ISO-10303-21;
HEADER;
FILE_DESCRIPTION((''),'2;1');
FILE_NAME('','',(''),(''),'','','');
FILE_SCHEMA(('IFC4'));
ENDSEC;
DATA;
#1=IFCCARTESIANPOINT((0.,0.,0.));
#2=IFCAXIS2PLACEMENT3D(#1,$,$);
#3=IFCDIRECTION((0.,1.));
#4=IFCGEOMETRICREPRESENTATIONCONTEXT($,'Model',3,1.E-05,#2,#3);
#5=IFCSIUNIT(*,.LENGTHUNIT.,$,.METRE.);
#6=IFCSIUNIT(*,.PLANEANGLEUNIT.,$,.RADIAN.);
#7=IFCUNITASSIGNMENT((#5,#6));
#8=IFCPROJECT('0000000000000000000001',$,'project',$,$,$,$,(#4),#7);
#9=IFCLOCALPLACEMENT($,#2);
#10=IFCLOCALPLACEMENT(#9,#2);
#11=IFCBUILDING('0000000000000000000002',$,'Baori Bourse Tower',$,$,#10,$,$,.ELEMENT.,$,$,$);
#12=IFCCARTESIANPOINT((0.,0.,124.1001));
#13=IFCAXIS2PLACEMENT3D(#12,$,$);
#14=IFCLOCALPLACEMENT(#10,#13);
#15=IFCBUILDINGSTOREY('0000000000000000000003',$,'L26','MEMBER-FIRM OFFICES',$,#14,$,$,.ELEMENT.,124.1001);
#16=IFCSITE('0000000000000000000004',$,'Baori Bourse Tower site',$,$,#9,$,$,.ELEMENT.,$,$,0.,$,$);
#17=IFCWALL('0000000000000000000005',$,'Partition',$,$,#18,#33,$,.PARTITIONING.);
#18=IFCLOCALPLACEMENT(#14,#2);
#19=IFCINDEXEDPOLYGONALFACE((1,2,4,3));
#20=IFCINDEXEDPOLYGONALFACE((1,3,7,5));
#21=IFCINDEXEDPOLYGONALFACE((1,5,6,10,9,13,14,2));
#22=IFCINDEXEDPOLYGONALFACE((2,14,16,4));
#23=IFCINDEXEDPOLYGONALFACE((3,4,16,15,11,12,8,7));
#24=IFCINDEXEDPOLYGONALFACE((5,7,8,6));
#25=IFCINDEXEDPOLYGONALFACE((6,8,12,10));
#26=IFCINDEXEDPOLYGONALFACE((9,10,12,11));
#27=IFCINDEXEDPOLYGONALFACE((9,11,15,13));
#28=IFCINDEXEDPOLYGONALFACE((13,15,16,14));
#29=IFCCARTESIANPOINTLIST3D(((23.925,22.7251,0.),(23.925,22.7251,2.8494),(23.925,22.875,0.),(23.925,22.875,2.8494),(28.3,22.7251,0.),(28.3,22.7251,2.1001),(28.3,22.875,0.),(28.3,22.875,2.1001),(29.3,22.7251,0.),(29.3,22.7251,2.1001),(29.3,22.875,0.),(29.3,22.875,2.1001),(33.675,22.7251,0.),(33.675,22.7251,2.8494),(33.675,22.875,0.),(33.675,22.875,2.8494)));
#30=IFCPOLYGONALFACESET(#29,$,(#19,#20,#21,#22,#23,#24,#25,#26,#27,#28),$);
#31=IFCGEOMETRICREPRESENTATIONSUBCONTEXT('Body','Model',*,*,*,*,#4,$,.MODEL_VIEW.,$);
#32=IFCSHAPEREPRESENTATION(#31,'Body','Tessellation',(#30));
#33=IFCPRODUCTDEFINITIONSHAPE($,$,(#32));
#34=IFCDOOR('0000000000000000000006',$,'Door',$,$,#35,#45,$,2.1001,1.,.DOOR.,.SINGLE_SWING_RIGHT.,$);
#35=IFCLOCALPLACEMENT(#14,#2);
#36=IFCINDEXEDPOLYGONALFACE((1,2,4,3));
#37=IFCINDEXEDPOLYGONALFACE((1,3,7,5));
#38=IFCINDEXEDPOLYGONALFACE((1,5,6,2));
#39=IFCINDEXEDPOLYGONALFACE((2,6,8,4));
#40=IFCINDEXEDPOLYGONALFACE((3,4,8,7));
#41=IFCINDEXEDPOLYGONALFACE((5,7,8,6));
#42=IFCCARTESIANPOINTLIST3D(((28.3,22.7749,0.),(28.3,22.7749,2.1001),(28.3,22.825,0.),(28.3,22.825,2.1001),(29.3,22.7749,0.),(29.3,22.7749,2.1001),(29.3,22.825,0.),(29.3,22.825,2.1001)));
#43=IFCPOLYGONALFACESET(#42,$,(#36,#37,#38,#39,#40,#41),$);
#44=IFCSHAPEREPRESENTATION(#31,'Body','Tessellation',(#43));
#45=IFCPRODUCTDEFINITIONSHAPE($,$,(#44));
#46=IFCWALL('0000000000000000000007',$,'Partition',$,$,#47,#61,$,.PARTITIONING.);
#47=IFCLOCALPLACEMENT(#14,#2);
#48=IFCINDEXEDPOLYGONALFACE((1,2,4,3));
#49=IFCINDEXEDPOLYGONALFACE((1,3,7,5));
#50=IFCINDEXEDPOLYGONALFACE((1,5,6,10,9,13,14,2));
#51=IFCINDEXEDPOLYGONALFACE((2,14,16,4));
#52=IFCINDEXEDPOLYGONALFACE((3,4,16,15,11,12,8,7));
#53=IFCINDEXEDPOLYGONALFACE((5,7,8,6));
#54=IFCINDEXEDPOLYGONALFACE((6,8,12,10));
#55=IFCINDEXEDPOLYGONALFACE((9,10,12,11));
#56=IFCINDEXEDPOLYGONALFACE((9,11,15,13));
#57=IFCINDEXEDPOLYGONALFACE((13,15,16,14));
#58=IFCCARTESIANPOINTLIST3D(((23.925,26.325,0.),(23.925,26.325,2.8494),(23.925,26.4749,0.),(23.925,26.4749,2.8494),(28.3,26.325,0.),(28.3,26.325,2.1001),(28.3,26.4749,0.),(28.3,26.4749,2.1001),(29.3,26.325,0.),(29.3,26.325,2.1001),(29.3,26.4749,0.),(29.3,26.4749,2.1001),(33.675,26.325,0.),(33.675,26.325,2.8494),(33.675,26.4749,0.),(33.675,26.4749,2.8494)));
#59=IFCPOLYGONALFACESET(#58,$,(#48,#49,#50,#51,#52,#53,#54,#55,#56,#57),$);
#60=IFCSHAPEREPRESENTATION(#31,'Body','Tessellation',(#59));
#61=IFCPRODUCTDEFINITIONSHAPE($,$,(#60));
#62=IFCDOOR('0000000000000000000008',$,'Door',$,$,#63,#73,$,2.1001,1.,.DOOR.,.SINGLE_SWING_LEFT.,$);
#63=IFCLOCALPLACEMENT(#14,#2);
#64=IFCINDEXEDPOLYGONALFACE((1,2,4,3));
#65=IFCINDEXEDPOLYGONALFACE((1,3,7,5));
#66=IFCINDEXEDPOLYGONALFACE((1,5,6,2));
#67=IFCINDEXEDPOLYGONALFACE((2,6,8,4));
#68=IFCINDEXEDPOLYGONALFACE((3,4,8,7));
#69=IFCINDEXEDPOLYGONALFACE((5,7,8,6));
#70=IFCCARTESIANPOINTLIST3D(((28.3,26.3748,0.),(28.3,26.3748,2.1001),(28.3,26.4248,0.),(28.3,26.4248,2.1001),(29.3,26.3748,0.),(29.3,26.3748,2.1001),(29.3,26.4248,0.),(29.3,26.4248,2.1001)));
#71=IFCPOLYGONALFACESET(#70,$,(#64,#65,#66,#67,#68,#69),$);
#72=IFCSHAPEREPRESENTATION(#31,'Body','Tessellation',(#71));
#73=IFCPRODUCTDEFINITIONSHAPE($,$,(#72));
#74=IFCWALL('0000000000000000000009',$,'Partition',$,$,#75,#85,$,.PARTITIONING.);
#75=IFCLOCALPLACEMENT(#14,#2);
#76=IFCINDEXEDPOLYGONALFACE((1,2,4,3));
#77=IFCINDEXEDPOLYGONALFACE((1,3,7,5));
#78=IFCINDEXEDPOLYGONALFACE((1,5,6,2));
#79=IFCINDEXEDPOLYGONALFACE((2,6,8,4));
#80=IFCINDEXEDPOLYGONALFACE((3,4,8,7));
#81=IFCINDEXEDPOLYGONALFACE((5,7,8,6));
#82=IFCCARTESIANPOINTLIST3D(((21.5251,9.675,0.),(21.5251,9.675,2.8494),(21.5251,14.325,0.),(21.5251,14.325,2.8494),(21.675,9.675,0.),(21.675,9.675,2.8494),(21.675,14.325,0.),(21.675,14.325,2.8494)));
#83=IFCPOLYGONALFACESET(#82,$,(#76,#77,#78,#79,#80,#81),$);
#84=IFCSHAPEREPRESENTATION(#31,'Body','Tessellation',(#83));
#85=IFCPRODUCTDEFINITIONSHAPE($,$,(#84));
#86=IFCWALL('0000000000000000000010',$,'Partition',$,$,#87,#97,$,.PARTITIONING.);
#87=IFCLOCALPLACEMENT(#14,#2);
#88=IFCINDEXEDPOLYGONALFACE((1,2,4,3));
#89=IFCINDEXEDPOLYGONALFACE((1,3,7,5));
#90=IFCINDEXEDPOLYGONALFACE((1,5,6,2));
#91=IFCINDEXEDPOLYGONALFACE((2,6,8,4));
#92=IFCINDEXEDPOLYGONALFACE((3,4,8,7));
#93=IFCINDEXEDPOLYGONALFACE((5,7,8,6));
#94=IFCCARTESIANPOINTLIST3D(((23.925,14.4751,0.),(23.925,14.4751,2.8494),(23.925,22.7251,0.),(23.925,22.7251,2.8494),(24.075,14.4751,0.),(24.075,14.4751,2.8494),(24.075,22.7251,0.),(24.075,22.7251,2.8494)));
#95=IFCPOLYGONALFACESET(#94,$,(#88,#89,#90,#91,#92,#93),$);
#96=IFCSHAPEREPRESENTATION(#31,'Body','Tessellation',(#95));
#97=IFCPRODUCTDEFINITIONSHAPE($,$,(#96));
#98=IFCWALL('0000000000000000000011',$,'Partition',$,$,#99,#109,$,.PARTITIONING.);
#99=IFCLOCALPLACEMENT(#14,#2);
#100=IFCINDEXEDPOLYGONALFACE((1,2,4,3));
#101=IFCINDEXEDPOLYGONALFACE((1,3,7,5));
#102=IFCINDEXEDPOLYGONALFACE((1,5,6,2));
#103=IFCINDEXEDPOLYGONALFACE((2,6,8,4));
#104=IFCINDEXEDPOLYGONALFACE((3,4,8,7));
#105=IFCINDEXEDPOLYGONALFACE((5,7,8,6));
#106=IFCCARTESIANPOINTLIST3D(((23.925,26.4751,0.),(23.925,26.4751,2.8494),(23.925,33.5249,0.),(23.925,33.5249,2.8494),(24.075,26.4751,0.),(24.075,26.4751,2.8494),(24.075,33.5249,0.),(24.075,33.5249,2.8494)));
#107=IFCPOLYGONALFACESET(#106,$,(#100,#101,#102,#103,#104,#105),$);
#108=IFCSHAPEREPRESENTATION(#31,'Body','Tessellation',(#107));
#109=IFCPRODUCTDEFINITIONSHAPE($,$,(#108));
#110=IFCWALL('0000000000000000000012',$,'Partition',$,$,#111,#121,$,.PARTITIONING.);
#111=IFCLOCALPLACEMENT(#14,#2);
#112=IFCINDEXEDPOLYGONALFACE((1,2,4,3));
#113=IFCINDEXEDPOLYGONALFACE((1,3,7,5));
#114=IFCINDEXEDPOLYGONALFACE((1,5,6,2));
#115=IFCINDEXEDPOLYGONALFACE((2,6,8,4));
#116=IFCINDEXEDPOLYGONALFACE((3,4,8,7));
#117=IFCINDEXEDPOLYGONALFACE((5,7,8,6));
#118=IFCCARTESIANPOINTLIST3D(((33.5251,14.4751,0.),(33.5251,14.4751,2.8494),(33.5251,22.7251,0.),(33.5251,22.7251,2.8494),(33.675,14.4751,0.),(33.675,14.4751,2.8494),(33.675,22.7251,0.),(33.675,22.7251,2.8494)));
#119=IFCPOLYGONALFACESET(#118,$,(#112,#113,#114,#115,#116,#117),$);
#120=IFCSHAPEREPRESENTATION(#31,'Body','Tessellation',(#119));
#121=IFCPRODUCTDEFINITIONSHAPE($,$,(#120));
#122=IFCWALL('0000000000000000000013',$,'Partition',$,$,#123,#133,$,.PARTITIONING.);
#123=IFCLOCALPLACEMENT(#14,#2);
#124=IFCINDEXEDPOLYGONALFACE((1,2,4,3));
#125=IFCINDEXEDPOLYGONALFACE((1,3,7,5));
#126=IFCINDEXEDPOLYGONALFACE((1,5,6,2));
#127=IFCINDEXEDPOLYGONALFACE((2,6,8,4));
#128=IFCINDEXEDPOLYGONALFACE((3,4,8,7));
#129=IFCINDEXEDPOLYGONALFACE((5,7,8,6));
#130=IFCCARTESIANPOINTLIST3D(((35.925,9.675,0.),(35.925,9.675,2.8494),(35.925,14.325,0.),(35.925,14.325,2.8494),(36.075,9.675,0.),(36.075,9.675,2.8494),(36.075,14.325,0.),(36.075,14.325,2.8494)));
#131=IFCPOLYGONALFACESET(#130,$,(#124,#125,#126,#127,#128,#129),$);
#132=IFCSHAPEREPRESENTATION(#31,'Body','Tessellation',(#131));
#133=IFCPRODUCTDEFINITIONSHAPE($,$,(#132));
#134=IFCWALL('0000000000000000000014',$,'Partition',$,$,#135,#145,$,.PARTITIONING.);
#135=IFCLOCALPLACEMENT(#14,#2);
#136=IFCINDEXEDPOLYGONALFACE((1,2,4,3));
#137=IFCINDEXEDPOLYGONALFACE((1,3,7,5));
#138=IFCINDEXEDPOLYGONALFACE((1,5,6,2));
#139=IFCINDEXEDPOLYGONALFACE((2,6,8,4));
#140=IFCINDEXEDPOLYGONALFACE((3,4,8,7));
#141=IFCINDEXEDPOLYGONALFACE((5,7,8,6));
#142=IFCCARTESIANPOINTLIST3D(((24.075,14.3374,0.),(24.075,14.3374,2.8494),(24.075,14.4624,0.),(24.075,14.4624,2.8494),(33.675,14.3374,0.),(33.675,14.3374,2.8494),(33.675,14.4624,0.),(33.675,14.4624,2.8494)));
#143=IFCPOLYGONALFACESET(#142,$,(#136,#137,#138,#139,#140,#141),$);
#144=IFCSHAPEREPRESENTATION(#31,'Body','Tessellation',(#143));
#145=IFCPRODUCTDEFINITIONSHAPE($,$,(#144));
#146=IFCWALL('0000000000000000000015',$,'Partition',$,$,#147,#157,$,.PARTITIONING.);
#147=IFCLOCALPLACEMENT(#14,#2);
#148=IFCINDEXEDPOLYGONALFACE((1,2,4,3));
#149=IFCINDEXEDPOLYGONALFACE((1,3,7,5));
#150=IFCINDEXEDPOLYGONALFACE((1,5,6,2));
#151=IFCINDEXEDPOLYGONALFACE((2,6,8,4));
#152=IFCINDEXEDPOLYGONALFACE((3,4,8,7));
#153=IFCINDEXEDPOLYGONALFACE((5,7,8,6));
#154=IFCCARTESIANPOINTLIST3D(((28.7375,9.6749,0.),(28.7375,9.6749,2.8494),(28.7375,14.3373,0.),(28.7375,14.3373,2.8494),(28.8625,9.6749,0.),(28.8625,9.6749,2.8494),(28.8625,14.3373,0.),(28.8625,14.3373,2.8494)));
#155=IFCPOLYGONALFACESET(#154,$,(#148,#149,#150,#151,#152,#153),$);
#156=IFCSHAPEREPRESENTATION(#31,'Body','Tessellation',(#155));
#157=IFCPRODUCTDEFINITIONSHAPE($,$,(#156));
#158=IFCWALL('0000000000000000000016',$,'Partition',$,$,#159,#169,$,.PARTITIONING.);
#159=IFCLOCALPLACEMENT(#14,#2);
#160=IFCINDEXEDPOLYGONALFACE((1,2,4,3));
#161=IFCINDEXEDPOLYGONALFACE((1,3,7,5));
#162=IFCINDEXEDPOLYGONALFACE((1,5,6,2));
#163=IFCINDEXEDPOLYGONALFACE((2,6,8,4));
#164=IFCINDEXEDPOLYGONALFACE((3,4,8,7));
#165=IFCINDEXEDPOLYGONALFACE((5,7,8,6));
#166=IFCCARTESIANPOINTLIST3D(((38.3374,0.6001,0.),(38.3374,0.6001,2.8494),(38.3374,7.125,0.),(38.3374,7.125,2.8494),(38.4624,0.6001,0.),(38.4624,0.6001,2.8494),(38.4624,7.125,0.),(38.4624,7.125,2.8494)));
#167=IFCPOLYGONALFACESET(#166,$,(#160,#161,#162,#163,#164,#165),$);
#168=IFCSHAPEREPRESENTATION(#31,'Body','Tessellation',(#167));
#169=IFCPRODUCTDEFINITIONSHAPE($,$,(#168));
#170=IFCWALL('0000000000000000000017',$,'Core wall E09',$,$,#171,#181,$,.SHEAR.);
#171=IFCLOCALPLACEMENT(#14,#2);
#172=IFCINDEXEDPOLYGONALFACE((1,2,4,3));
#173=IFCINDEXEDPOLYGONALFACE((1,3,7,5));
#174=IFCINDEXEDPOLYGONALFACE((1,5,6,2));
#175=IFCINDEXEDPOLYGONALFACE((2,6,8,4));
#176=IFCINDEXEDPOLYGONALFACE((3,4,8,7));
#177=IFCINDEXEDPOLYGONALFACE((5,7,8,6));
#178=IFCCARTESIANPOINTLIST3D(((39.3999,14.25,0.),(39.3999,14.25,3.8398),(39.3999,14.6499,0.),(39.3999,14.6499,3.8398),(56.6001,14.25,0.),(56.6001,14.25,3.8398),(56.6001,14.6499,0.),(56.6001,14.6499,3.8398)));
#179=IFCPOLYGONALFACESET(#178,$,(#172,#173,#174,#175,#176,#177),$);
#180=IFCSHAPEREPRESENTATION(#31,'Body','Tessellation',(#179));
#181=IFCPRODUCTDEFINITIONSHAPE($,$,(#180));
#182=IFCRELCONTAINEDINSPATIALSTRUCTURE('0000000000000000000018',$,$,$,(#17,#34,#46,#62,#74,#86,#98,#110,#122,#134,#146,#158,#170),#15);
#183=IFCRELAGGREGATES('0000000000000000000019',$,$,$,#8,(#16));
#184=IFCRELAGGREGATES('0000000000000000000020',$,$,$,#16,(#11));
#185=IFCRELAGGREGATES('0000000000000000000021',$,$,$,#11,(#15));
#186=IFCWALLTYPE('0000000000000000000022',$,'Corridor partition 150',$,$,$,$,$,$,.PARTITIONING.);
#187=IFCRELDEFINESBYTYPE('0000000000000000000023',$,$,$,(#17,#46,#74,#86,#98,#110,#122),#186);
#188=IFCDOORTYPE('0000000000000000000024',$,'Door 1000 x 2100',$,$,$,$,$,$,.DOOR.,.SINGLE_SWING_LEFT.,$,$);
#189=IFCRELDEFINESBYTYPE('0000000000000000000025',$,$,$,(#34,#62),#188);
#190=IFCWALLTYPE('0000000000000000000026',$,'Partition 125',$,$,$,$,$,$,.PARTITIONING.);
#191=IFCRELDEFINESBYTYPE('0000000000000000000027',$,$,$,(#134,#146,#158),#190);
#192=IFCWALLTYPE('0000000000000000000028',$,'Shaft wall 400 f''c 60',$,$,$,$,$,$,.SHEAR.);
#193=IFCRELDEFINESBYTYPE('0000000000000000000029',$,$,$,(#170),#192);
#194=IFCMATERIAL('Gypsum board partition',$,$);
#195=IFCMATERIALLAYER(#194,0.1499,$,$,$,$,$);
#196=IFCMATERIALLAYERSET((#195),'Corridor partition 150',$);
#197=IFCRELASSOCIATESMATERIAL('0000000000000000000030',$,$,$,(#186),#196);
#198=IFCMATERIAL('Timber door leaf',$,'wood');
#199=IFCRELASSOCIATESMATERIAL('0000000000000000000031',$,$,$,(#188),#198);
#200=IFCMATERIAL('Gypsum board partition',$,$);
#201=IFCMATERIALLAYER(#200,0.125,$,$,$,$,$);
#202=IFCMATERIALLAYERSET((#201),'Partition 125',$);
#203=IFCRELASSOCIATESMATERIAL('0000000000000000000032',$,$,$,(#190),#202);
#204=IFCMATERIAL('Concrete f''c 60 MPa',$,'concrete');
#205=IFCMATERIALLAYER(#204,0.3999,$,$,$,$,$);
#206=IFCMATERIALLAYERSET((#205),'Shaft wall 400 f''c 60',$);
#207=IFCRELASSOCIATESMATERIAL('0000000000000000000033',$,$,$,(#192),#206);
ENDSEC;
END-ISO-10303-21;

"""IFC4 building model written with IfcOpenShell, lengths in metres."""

from ifc_helpers import new_model, si_unit, direction, frame, frame_2d, origin, place, context, subcontext, project, spatial, rectangle, extrude, material, layer, layer_set, type_object, element, fill, save


model = new_model("IFC4")

# Units and contexts
model_context = context("Model", 3, precision=1e-05, world=origin(), true_north=direction((0.0, 1.0)))
body_context = subcontext(model_context, "Body", "Model", "MODEL_VIEW")
ifc_project = project(units=[si_unit("LENGTHUNIT", "METRE"), si_unit("PLANEANGLEUNIT", "RADIAN")], contexts=[model_context])

# Site, building, storey
site_placement = place(None, origin())
site = spatial("IfcSite", under=ifc_project, at=site_placement, Name="Baori Bourse Tower site", CompositionType="ELEMENT", RefElevation=0.0)
building_placement = place(site_placement, origin())
building = spatial("IfcBuilding", under=site, at=building_placement, Name="Baori Bourse Tower", CompositionType="ELEMENT")
storey_placement = place(building_placement, frame((0.0, 0.0, 124.1001)))
storey = spatial("IfcBuildingStorey", under=building, at=storey_placement, Name="L26", Description="MEMBER-FIRM OFFICES", CompositionType="ELEMENT", Elevation=124.1001)

# Shared definitions
ifc_material_1 = material(Name="Gypsum board partition")
ifc_layer_1 = layer(ifc_material_1, 0.1499)
ifc_layer_set_1 = layer_set([ifc_layer_1], Name="Corridor partition 150")
wall_type_1 = type_object("IfcWallType", Name="Corridor partition 150", PredefinedType="PARTITIONING", material=ifc_layer_set_1)

# Walls, openings, doors
wall_1_placement = place(storey_placement, frame((23.925, 22.8, 0.0), z_axis=(0.0, 0.0, 1.0), x_axis=(1.0, 0.0, 0.0)))
wall_1 = element("IfcWall", 1, at=wall_1_placement, inside=storey, type_object=wall_type_1, Name="Partition", PredefinedType="PARTITIONING", context=body_context, shape_type="SweptSolid", body=[
    extrude(rectangle(XDim=9.75, YDim=0.1499, at=frame_2d((4.875, 0.0))), origin(), (0.0, 0.0, 1.0), 2.8494),
])
opening_1_placement = place(wall_1_placement, frame((4.375, 0.0, 0.0)))
opening_1 = element("IfcOpeningElement", 2, at=opening_1_placement, cuts=wall_1, PredefinedType="OPENING", context=body_context, shape_type="SweptSolid", body=[
    extrude(rectangle(XDim=1.0, YDim=2.1001, at=frame_2d((0.5, 1.05))), frame((0.0, 0.085, 0.0), z_axis=(0.0, -1.0, 0.0), x_axis=(1.0, 0.0, 0.0)), (0.0, 0.0, 1.0), 0.1699),
])
ifc_material_2 = material(Name="Timber door leaf", Category="wood")
door_type_1 = type_object("IfcDoorType", Name="Door 1000 x 2100", OperationType="SINGLE_SWING_LEFT", PredefinedType="DOOR", material=ifc_material_2)
door_1_placement = place(opening_1_placement, origin())
door_1 = element("IfcDoor", 3, at=door_1_placement, inside=storey, type_object=door_type_1, Name="Door", OperationType="SINGLE_SWING_RIGHT", OverallHeight=2.1001, OverallWidth=1.0, PredefinedType="DOOR", context=body_context, shape_type="SweptSolid", body=[
    extrude(rectangle(XDim=1.0, YDim=2.1001, at=frame_2d((0.5, 1.05))), frame((0.0, 0.0249, 0.0), z_axis=(0.0, -1.0, 0.0), x_axis=(1.0, 0.0, 0.0)), (0.0, 0.0, 1.0), 0.05),
])
fill(opening_1, door_1)
wall_2_placement = place(storey_placement, frame((23.925, 26.3999, 0.0), z_axis=(0.0, 0.0, 1.0), x_axis=(1.0, 0.0, 0.0)))
wall_2 = element("IfcWall", 4, at=wall_2_placement, inside=storey, type_object=wall_type_1, Name="Partition", PredefinedType="PARTITIONING", context=body_context, shape_type="SweptSolid", body=[
    extrude(rectangle(XDim=9.75, YDim=0.1499, at=frame_2d((4.875, 0.0))), origin(), (0.0, 0.0, 1.0), 2.8494),
])
opening_2_placement = place(wall_2_placement, frame((4.375, 0.0, 0.0)))
opening_2 = element("IfcOpeningElement", 5, at=opening_2_placement, cuts=wall_2, PredefinedType="OPENING", context=body_context, shape_type="SweptSolid", body=[
    extrude(rectangle(XDim=1.0, YDim=2.1001, at=frame_2d((0.5, 1.05))), frame((0.0, 0.085, 0.0), z_axis=(0.0, -1.0, 0.0), x_axis=(1.0, 0.0, 0.0)), (0.0, 0.0, 1.0), 0.1699),
])
door_2_placement = place(opening_2_placement, origin())
door_2 = element("IfcDoor", 6, at=door_2_placement, inside=storey, type_object=door_type_1, Name="Door", OperationType="SINGLE_SWING_LEFT", OverallHeight=2.1001, OverallWidth=1.0, PredefinedType="DOOR", context=body_context, shape_type="SweptSolid", body=[
    extrude(rectangle(XDim=1.0, YDim=2.1001, at=frame_2d((0.5, 1.05))), frame((0.0, 0.0249, 0.0), z_axis=(0.0, -1.0, 0.0), x_axis=(1.0, 0.0, 0.0)), (0.0, 0.0, 1.0), 0.05),
])
fill(opening_2, door_2)

# Walls
wall_3_placement = place(storey_placement, frame((21.6001, 9.675, 0.0), z_axis=(0.0, 0.0, 1.0), x_axis=(0.0, 1.0, 0.0)))
element("IfcWall", 7, at=wall_3_placement, inside=storey, type_object=wall_type_1, Name="Partition", PredefinedType="PARTITIONING", context=body_context, shape_type="SweptSolid", body=[
    extrude(rectangle(XDim=4.6499, YDim=0.1499, at=frame_2d((2.325, 0.0))), origin(), (0.0, 0.0, 1.0), 2.8494),
])
wall_4_placement = place(storey_placement, frame((24.0, 14.4751, 0.0), z_axis=(0.0, 0.0, 1.0), x_axis=(0.0, 1.0, 0.0)))
element("IfcWall", 8, at=wall_4_placement, inside=storey, type_object=wall_type_1, Name="Partition", PredefinedType="PARTITIONING", context=body_context, shape_type="SweptSolid", body=[
    extrude(rectangle(XDim=8.25, YDim=0.1499, at=frame_2d((4.125, 0.0))), origin(), (0.0, 0.0, 1.0), 2.8494),
])
wall_5_placement = place(storey_placement, frame((24.0, 26.4751, 0.0), z_axis=(0.0, 0.0, 1.0), x_axis=(0.0, 1.0, 0.0)))
element("IfcWall", 9, at=wall_5_placement, inside=storey, type_object=wall_type_1, Name="Partition", PredefinedType="PARTITIONING", context=body_context, shape_type="SweptSolid", body=[
    extrude(rectangle(XDim=7.0498, YDim=0.1499, at=frame_2d((3.5249, 0.0))), origin(), (0.0, 0.0, 1.0), 2.8494),
])
wall_6_placement = place(storey_placement, frame((33.6001, 14.4751, 0.0), z_axis=(0.0, 0.0, 1.0), x_axis=(0.0, 1.0, 0.0)))
element("IfcWall", 10, at=wall_6_placement, inside=storey, type_object=wall_type_1, Name="Partition", PredefinedType="PARTITIONING", context=body_context, shape_type="SweptSolid", body=[
    extrude(rectangle(XDim=8.25, YDim=0.1499, at=frame_2d((4.125, 0.0))), origin(), (0.0, 0.0, 1.0), 2.8494),
])
wall_7_placement = place(storey_placement, frame((36.0, 9.675, 0.0), z_axis=(0.0, 0.0, 1.0), x_axis=(0.0, 1.0, 0.0)))
element("IfcWall", 11, at=wall_7_placement, inside=storey, type_object=wall_type_1, Name="Partition", PredefinedType="PARTITIONING", context=body_context, shape_type="SweptSolid", body=[
    extrude(rectangle(XDim=4.6499, YDim=0.1499, at=frame_2d((2.325, 0.0))), origin(), (0.0, 0.0, 1.0), 2.8494),
])
ifc_material_3 = material(Name="Gypsum board partition")
ifc_layer_2 = layer(ifc_material_3, 0.125)
ifc_layer_set_2 = layer_set([ifc_layer_2], Name="Partition 125")
wall_type_2 = type_object("IfcWallType", Name="Partition 125", PredefinedType="PARTITIONING", material=ifc_layer_set_2)
wall_8_placement = place(storey_placement, frame((24.075, 14.3999, 0.0), z_axis=(0.0, 0.0, 1.0), x_axis=(1.0, 0.0, 0.0)))
element("IfcWall", 12, at=wall_8_placement, inside=storey, type_object=wall_type_2, Name="Partition", PredefinedType="PARTITIONING", context=body_context, shape_type="SweptSolid", body=[
    extrude(rectangle(XDim=9.6001, YDim=0.125, at=frame_2d((4.8, 0.0))), origin(), (0.0, 0.0, 1.0), 2.8494),
])
wall_9_placement = place(storey_placement, frame((28.8, 9.675, 0.0), z_axis=(0.0, 0.0, 1.0), x_axis=(0.0, 1.0, 0.0)))
element("IfcWall", 13, at=wall_9_placement, inside=storey, type_object=wall_type_2, Name="Partition", PredefinedType="PARTITIONING", context=body_context, shape_type="SweptSolid", body=[
    extrude(rectangle(XDim=4.6624, YDim=0.125, at=frame_2d((2.3311, 0.0))), origin(), (0.0, 0.0, 1.0), 2.8494),
])
wall_10_placement = place(storey_placement, frame((38.3999, 0.6001, 0.0), z_axis=(0.0, 0.0, 1.0), x_axis=(0.0, 1.0, 0.0)))
element("IfcWall", 14, at=wall_10_placement, inside=storey, type_object=wall_type_2, Name="Partition", PredefinedType="PARTITIONING", context=body_context, shape_type="SweptSolid", body=[
    extrude(rectangle(XDim=6.5249, YDim=0.125, at=frame_2d((3.2625, 0.0))), origin(), (0.0, 0.0, 1.0), 2.8494),
])
ifc_material_4 = material(Name="Concrete f'c 60 MPa", Category="concrete")
ifc_layer_3 = layer(ifc_material_4, 0.3999)
ifc_layer_set_3 = layer_set([ifc_layer_3], Name="Shaft wall 400 f'c 60")
wall_type_3 = type_object("IfcWallType", Name="Shaft wall 400 f'c 60", PredefinedType="SHEAR", material=ifc_layer_set_3)
wall_11_placement = place(storey_placement, frame((39.3999, 14.45, 0.0), z_axis=(0.0, 0.0, 1.0), x_axis=(1.0, 0.0, 0.0)))
element("IfcWall", 15, at=wall_11_placement, inside=storey, type_object=wall_type_3, Name="Core wall E09", PredefinedType="SHEAR", context=body_context, shape_type="SweptSolid", body=[
    extrude(rectangle(XDim=17.2002, YDim=0.3999, at=frame_2d((8.6001, 0.0))), origin(), (0.0, 0.0, 1.0), 3.8398),
])

save(model, "model.ifc")
